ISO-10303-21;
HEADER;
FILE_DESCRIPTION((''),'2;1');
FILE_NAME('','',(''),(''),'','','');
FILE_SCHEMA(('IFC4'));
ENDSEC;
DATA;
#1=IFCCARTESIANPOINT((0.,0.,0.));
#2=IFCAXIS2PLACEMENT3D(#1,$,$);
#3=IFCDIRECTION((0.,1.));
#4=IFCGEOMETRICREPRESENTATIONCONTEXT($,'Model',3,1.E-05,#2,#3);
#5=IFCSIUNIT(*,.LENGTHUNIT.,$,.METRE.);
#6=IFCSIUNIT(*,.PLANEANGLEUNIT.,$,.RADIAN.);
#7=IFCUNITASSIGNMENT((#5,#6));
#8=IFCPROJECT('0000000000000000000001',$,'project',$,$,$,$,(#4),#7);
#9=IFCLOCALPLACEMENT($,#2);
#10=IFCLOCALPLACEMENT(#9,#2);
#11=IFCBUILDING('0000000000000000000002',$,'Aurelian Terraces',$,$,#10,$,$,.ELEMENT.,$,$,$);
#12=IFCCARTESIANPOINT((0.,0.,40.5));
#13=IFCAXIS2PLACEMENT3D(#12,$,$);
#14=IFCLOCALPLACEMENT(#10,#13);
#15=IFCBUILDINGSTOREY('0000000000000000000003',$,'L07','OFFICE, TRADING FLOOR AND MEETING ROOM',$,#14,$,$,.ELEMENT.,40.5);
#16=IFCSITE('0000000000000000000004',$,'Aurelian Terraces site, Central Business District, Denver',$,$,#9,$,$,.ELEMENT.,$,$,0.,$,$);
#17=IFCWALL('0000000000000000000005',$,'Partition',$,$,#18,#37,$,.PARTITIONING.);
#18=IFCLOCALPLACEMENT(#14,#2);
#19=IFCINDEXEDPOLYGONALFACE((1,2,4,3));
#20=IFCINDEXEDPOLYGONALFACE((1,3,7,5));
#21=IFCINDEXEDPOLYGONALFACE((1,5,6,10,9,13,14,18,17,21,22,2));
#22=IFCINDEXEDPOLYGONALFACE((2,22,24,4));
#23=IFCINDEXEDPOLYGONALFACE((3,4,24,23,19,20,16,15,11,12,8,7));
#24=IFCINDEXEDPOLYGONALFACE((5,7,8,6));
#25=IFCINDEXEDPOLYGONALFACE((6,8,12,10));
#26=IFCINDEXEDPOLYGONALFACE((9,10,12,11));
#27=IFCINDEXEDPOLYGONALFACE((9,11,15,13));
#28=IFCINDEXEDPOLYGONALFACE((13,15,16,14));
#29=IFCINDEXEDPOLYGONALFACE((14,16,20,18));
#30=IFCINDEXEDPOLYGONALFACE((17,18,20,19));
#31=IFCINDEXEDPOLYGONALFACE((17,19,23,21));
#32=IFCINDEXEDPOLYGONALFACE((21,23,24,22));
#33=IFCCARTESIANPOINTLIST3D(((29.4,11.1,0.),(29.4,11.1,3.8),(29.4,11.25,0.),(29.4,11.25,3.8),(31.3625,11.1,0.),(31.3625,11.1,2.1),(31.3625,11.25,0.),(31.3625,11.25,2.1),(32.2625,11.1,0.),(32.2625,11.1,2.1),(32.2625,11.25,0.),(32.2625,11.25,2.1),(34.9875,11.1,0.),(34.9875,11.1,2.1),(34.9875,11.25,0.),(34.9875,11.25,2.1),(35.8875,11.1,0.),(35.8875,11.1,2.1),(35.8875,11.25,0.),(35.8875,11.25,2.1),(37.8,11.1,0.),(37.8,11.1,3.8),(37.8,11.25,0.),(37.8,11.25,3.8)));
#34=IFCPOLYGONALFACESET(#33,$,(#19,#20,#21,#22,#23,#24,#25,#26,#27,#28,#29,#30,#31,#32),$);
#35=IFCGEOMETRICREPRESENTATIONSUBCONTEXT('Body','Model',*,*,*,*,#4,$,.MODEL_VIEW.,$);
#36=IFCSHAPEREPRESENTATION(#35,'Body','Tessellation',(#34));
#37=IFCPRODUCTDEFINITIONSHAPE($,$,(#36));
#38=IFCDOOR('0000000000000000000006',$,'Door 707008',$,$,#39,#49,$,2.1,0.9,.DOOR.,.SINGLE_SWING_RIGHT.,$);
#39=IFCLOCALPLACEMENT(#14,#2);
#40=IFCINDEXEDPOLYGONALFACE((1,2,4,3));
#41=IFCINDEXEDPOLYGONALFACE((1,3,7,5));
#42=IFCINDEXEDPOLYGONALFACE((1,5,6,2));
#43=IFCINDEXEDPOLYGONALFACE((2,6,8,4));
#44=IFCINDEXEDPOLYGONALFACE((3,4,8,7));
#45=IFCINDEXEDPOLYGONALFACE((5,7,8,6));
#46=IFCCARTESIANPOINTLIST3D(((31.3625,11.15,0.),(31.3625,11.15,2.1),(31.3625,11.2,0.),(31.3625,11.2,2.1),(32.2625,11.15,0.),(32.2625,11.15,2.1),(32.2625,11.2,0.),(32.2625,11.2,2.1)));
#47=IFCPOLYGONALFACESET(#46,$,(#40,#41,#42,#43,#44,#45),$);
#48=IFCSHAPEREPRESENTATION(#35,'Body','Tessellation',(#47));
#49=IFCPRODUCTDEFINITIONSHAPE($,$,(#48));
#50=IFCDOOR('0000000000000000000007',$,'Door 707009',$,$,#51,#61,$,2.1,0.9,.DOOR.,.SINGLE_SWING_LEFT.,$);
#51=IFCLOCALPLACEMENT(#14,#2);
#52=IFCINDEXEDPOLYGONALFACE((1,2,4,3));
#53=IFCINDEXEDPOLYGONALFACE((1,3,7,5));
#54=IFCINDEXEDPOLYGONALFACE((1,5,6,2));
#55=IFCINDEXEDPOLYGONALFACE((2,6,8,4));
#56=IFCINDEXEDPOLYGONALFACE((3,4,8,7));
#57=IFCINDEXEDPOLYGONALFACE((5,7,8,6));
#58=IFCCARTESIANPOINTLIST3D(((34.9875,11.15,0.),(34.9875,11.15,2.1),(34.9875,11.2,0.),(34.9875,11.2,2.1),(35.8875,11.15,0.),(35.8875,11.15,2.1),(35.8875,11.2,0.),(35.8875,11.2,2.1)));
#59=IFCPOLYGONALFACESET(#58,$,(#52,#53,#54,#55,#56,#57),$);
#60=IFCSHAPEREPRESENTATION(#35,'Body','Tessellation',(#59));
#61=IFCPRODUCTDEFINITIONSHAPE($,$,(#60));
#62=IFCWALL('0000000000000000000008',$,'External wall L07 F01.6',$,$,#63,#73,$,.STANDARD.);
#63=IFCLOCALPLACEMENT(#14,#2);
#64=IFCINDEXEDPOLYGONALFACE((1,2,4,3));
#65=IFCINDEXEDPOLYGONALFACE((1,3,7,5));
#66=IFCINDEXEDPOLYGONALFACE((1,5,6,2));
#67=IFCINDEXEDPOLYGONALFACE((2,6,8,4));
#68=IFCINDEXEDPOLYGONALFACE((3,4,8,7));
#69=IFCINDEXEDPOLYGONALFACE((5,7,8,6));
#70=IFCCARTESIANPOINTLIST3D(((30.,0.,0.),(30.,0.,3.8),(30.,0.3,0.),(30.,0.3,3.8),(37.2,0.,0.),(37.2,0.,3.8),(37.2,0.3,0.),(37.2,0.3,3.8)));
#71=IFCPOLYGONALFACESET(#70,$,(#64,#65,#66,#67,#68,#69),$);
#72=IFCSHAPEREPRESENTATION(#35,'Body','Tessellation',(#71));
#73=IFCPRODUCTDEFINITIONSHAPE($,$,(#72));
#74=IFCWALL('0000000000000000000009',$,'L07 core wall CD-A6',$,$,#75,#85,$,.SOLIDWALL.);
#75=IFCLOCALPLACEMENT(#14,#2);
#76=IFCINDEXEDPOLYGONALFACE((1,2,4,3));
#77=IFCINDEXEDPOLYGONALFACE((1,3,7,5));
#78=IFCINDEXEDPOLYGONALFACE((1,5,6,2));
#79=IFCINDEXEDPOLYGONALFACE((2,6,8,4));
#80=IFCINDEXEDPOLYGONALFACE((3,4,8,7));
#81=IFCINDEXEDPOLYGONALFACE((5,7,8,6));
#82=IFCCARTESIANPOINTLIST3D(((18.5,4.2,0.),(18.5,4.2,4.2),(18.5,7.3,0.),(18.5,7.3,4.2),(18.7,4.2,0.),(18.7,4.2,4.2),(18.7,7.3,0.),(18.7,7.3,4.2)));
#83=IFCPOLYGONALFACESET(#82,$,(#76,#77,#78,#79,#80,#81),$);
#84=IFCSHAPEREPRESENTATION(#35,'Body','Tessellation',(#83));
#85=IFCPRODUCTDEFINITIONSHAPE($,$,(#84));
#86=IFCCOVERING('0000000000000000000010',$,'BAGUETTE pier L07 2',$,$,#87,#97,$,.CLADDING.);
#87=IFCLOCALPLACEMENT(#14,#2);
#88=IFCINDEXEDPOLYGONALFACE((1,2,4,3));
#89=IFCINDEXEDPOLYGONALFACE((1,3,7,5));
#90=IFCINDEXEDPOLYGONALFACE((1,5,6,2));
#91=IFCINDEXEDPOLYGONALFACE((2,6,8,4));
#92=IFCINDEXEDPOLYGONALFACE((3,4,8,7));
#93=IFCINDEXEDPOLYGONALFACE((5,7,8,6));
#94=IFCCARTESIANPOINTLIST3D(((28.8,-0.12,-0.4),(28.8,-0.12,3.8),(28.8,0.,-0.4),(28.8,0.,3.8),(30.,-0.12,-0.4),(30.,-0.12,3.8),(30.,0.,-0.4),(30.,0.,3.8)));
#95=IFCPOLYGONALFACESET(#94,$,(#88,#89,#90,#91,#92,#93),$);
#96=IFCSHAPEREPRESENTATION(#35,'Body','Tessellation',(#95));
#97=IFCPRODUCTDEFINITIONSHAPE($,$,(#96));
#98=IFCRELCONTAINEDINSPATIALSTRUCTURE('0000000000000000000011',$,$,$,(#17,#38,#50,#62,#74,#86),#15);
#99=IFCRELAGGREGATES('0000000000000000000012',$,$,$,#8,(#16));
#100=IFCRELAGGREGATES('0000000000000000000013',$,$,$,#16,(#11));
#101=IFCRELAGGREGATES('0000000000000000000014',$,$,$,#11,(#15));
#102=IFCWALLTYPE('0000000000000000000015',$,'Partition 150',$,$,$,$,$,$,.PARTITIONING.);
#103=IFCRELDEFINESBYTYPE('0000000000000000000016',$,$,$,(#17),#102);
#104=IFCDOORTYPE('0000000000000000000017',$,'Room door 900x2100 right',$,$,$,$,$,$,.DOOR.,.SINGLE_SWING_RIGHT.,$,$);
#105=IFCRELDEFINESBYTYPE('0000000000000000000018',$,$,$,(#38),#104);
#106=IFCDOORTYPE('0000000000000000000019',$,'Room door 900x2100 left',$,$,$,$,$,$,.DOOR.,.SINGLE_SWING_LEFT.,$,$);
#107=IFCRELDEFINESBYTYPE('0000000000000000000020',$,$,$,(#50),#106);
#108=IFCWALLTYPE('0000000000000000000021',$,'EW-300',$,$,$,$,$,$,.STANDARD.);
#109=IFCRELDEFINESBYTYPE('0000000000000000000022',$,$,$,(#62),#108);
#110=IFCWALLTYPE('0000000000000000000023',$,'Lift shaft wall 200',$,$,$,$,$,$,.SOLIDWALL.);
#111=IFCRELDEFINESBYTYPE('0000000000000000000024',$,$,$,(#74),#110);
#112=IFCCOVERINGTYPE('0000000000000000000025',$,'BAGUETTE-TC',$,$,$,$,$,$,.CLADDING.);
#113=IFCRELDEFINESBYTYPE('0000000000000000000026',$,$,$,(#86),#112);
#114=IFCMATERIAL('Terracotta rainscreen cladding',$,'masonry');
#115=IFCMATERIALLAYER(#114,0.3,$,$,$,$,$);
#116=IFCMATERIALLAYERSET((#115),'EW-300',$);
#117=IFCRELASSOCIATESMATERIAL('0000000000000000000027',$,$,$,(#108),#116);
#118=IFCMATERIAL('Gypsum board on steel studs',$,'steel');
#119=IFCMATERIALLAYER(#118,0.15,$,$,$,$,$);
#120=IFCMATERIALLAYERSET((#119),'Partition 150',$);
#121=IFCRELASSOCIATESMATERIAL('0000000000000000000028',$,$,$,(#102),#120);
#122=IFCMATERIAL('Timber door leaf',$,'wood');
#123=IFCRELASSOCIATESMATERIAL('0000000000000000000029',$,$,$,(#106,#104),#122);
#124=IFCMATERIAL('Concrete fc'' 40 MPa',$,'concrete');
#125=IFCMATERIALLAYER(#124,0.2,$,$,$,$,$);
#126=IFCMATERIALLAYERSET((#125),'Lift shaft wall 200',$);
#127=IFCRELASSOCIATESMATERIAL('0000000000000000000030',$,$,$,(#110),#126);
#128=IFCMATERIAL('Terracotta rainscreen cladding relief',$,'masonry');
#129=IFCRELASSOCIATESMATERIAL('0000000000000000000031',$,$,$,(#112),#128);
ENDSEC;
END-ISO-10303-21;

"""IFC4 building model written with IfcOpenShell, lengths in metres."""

from ifc_helpers import new_model, si_unit, direction, frame, frame_2d, origin, origin_2d, place, context, subcontext, project, spatial, rectangle, extrude, source, transform, mapped, material, layer, layer_set, type_object, element, fill, save


model = new_model("IFC4")

# Units and contexts
model_context = context("Model", 3, precision=1e-05, world=origin(), true_north=direction((0.0, 1.0)))
body_context = subcontext(model_context, "Body", "Model", "MODEL_VIEW")
ifc_project = project(units=[si_unit("LENGTHUNIT", "METRE"), si_unit("PLANEANGLEUNIT", "RADIAN")], contexts=[model_context])

# Site, building, storey
site_placement = place(None, origin())
site = spatial("IfcSite", under=ifc_project, at=site_placement, Name="Aurelian Terraces site, Central Business District, Denver", CompositionType="ELEMENT", RefElevation=0.0)
building_placement = place(site_placement, origin())
building = spatial("IfcBuilding", under=site, at=building_placement, Name="Aurelian Terraces", CompositionType="ELEMENT")
storey_placement = place(building_placement, frame((0.0, 0.0, 40.5)))
storey = spatial("IfcBuildingStorey", under=building, at=storey_placement, Name="L07", Description="OFFICE, TRADING FLOOR AND MEETING ROOM", CompositionType="ELEMENT", Elevation=40.5)

# Shared definitions
ifc_material_1 = material(Name="Terracotta rainscreen cladding", Category="masonry")
ifc_layer_1 = layer(ifc_material_1, 0.3)
ifc_layer_set_1 = layer_set([ifc_layer_1], Name="EW-300")
wall_type_1 = type_object("IfcWallType", Name="EW-300", PredefinedType="STANDARD", material=ifc_layer_set_1)

# Shared definitions
ifc_material_2 = material(Name="Gypsum board on steel studs", Category="steel")
ifc_layer_2 = layer(ifc_material_2, 0.15)
ifc_layer_set_2 = layer_set([ifc_layer_2], Name="Partition 150")
wall_type_2 = type_object("IfcWallType", Name="Partition 150", PredefinedType="PARTITIONING", material=ifc_layer_set_2)

# Shared definitions
shared_shape_1 = source(origin(), body_context, "Body", "SweptSolid", [
    extrude(rectangle(XDim=0.9, YDim=2.1, at=frame_2d((0.45, 1.05))), frame((0.0, 0.085, 0.0), z_axis=(0.0, -1.0, 0.0), x_axis=(1.0, 0.0, 0.0)), (0.0, 0.0, 1.0), 0.17),
])
ifc_material_3 = material(Name="Timber door leaf", Category="wood")
door_type_1 = type_object("IfcDoorType", Name="Room door 900x2100 left", OperationType="SINGLE_SWING_LEFT", PredefinedType="DOOR", material=ifc_material_3)
shared_shape_2 = source(origin(), body_context, "Body", "SweptSolid", [
    extrude(rectangle(XDim=0.9, YDim=2.1, at=frame_2d((0.45, 1.05))), frame((0.0, 0.025, 0.0), z_axis=(0.0, -1.0, 0.0), x_axis=(1.0, 0.0, 0.0)), (0.0, 0.0, 1.0), 0.05),
])

# Wall, openings, doors
wall_1_placement = place(storey_placement, frame((37.8, 11.175, 0.0), z_axis=(0.0, 0.0, 1.0), x_axis=(-1.0, 0.0, 0.0)))
wall_1 = element("IfcWall", 1, at=wall_1_placement, inside=storey, type_object=wall_type_2, Name="Partition", PredefinedType="PARTITIONING", context=body_context, shape_type="SweptSolid", body=[
    extrude(rectangle(XDim=8.4, YDim=0.15, at=frame_2d((4.2, 0.0))), origin(), (0.0, 0.0, 1.0), 3.8),
])
opening_1_placement = place(wall_1_placement, frame((5.5375, 0.0, 0.0)))
opening_1 = element("IfcOpeningElement", 2, at=opening_1_placement, cuts=wall_1, PredefinedType="OPENING", context=body_context, shape_type="MappedRepresentation", body=[
    mapped(shared_shape_1, transform((0.0, 0.0, 0.0), scale=1.0)),
])
opening_2_placement = place(wall_1_placement, frame((1.9125, 0.0, 0.0)))
opening_2 = element("IfcOpeningElement", 3, at=opening_2_placement, cuts=wall_1, PredefinedType="OPENING", context=body_context, shape_type="MappedRepresentation", body=[
    mapped(shared_shape_1, transform((0.0, 0.0, 0.0), scale=1.0)),
])
door_type_2 = type_object("IfcDoorType", Name="Room door 900x2100 right", OperationType="SINGLE_SWING_RIGHT", PredefinedType="DOOR", material=ifc_material_3)
door_1_placement = place(opening_1_placement, origin())
door_1 = element("IfcDoor", 4, at=door_1_placement, inside=storey, type_object=door_type_2, Name="Door 707008", OperationType="SINGLE_SWING_RIGHT", OverallHeight=2.1, OverallWidth=0.9, PredefinedType="DOOR", context=body_context, shape_type="MappedRepresentation", body=[
    mapped(shared_shape_2, transform((0.0, 0.0, 0.0), scale=1.0)),
])
fill(opening_1, door_1)
door_2_placement = place(opening_2_placement, origin())
door_2 = element("IfcDoor", 5, at=door_2_placement, inside=storey, type_object=door_type_1, Name="Door 707009", OperationType="SINGLE_SWING_LEFT", OverallHeight=2.1, OverallWidth=0.9, PredefinedType="DOOR", context=body_context, shape_type="MappedRepresentation", body=[
    mapped(shared_shape_2, transform((0.0, 0.0, 0.0), scale=1.0)),
])
fill(opening_2, door_2)

# Walls
shared_shape_3 = source(origin(), body_context, "Body", "SweptSolid", [
    extrude(rectangle(XDim=7.2, YDim=0.3, at=frame_2d((3.6, 0.0))), origin(), (0.0, 0.0, 1.0), 3.8),
])
wall_2_placement = place(storey_placement, frame((30.0, 0.15, 0.0), z_axis=(0.0, 0.0, 1.0), x_axis=(1.0, 0.0, 0.0)))
element("IfcWall", 6, at=wall_2_placement, inside=storey, type_object=wall_type_1, Name="External wall L07 F01.6", PredefinedType="STANDARD", context=body_context, shape_type="MappedRepresentation", body=[
    mapped(shared_shape_3, transform((0.0, 0.0, 0.0), scale=1.0)),
])
ifc_material_4 = material(Name="Concrete fc' 40 MPa", Category="concrete")
ifc_layer_3 = layer(ifc_material_4, 0.2)
ifc_layer_set_3 = layer_set([ifc_layer_3], Name="Lift shaft wall 200")
wall_type_3 = type_object("IfcWallType", Name="Lift shaft wall 200", PredefinedType="SOLIDWALL", material=ifc_layer_set_3)
shared_shape_4 = source(origin(), body_context, "Body", "SweptSolid", [
    extrude(rectangle(XDim=3.1, YDim=0.2, at=frame_2d((1.55, 0.0))), origin(), (0.0, 0.0, 1.0), 4.2),
])
wall_3_placement = place(storey_placement, frame((18.6, 4.2, 0.0), z_axis=(0.0, 0.0, 1.0), x_axis=(0.0, 1.0, 0.0)))
element("IfcWall", 7, at=wall_3_placement, inside=storey, type_object=wall_type_3, Name="L07 core wall CD-A6", PredefinedType="SOLIDWALL", context=body_context, shape_type="MappedRepresentation", body=[
    mapped(shared_shape_4, transform((0.0, 0.0, 0.0), scale=1.0)),
])

# Covering
ifc_material_5 = material(Name="Terracotta rainscreen cladding relief", Category="masonry")
covering_type = type_object("IfcCoveringType", Name="BAGUETTE-TC", PredefinedType="CLADDING", material=ifc_material_5)
shared_shape_5 = source(origin(), body_context, "Body", "SweptSolid", [
    extrude(rectangle(XDim=1.2, YDim=0.12, at=origin_2d()), origin(), (0.0, 0.0, 1.0), 4.2),
])
covering_placement = place(storey_placement, frame((29.4, -0.06, -0.4), z_axis=(0.0, 0.0, 1.0), x_axis=(1.0, 0.0, 0.0)))
element("IfcCovering", 8, at=covering_placement, inside=storey, type_object=covering_type, Name="BAGUETTE pier L07 2", PredefinedType="CLADDING", context=body_context, shape_type="MappedRepresentation", body=[
    mapped(shared_shape_5, transform((0.0, 0.0, 0.0), scale=1.0)),
])

save(model, "model.ifc")
